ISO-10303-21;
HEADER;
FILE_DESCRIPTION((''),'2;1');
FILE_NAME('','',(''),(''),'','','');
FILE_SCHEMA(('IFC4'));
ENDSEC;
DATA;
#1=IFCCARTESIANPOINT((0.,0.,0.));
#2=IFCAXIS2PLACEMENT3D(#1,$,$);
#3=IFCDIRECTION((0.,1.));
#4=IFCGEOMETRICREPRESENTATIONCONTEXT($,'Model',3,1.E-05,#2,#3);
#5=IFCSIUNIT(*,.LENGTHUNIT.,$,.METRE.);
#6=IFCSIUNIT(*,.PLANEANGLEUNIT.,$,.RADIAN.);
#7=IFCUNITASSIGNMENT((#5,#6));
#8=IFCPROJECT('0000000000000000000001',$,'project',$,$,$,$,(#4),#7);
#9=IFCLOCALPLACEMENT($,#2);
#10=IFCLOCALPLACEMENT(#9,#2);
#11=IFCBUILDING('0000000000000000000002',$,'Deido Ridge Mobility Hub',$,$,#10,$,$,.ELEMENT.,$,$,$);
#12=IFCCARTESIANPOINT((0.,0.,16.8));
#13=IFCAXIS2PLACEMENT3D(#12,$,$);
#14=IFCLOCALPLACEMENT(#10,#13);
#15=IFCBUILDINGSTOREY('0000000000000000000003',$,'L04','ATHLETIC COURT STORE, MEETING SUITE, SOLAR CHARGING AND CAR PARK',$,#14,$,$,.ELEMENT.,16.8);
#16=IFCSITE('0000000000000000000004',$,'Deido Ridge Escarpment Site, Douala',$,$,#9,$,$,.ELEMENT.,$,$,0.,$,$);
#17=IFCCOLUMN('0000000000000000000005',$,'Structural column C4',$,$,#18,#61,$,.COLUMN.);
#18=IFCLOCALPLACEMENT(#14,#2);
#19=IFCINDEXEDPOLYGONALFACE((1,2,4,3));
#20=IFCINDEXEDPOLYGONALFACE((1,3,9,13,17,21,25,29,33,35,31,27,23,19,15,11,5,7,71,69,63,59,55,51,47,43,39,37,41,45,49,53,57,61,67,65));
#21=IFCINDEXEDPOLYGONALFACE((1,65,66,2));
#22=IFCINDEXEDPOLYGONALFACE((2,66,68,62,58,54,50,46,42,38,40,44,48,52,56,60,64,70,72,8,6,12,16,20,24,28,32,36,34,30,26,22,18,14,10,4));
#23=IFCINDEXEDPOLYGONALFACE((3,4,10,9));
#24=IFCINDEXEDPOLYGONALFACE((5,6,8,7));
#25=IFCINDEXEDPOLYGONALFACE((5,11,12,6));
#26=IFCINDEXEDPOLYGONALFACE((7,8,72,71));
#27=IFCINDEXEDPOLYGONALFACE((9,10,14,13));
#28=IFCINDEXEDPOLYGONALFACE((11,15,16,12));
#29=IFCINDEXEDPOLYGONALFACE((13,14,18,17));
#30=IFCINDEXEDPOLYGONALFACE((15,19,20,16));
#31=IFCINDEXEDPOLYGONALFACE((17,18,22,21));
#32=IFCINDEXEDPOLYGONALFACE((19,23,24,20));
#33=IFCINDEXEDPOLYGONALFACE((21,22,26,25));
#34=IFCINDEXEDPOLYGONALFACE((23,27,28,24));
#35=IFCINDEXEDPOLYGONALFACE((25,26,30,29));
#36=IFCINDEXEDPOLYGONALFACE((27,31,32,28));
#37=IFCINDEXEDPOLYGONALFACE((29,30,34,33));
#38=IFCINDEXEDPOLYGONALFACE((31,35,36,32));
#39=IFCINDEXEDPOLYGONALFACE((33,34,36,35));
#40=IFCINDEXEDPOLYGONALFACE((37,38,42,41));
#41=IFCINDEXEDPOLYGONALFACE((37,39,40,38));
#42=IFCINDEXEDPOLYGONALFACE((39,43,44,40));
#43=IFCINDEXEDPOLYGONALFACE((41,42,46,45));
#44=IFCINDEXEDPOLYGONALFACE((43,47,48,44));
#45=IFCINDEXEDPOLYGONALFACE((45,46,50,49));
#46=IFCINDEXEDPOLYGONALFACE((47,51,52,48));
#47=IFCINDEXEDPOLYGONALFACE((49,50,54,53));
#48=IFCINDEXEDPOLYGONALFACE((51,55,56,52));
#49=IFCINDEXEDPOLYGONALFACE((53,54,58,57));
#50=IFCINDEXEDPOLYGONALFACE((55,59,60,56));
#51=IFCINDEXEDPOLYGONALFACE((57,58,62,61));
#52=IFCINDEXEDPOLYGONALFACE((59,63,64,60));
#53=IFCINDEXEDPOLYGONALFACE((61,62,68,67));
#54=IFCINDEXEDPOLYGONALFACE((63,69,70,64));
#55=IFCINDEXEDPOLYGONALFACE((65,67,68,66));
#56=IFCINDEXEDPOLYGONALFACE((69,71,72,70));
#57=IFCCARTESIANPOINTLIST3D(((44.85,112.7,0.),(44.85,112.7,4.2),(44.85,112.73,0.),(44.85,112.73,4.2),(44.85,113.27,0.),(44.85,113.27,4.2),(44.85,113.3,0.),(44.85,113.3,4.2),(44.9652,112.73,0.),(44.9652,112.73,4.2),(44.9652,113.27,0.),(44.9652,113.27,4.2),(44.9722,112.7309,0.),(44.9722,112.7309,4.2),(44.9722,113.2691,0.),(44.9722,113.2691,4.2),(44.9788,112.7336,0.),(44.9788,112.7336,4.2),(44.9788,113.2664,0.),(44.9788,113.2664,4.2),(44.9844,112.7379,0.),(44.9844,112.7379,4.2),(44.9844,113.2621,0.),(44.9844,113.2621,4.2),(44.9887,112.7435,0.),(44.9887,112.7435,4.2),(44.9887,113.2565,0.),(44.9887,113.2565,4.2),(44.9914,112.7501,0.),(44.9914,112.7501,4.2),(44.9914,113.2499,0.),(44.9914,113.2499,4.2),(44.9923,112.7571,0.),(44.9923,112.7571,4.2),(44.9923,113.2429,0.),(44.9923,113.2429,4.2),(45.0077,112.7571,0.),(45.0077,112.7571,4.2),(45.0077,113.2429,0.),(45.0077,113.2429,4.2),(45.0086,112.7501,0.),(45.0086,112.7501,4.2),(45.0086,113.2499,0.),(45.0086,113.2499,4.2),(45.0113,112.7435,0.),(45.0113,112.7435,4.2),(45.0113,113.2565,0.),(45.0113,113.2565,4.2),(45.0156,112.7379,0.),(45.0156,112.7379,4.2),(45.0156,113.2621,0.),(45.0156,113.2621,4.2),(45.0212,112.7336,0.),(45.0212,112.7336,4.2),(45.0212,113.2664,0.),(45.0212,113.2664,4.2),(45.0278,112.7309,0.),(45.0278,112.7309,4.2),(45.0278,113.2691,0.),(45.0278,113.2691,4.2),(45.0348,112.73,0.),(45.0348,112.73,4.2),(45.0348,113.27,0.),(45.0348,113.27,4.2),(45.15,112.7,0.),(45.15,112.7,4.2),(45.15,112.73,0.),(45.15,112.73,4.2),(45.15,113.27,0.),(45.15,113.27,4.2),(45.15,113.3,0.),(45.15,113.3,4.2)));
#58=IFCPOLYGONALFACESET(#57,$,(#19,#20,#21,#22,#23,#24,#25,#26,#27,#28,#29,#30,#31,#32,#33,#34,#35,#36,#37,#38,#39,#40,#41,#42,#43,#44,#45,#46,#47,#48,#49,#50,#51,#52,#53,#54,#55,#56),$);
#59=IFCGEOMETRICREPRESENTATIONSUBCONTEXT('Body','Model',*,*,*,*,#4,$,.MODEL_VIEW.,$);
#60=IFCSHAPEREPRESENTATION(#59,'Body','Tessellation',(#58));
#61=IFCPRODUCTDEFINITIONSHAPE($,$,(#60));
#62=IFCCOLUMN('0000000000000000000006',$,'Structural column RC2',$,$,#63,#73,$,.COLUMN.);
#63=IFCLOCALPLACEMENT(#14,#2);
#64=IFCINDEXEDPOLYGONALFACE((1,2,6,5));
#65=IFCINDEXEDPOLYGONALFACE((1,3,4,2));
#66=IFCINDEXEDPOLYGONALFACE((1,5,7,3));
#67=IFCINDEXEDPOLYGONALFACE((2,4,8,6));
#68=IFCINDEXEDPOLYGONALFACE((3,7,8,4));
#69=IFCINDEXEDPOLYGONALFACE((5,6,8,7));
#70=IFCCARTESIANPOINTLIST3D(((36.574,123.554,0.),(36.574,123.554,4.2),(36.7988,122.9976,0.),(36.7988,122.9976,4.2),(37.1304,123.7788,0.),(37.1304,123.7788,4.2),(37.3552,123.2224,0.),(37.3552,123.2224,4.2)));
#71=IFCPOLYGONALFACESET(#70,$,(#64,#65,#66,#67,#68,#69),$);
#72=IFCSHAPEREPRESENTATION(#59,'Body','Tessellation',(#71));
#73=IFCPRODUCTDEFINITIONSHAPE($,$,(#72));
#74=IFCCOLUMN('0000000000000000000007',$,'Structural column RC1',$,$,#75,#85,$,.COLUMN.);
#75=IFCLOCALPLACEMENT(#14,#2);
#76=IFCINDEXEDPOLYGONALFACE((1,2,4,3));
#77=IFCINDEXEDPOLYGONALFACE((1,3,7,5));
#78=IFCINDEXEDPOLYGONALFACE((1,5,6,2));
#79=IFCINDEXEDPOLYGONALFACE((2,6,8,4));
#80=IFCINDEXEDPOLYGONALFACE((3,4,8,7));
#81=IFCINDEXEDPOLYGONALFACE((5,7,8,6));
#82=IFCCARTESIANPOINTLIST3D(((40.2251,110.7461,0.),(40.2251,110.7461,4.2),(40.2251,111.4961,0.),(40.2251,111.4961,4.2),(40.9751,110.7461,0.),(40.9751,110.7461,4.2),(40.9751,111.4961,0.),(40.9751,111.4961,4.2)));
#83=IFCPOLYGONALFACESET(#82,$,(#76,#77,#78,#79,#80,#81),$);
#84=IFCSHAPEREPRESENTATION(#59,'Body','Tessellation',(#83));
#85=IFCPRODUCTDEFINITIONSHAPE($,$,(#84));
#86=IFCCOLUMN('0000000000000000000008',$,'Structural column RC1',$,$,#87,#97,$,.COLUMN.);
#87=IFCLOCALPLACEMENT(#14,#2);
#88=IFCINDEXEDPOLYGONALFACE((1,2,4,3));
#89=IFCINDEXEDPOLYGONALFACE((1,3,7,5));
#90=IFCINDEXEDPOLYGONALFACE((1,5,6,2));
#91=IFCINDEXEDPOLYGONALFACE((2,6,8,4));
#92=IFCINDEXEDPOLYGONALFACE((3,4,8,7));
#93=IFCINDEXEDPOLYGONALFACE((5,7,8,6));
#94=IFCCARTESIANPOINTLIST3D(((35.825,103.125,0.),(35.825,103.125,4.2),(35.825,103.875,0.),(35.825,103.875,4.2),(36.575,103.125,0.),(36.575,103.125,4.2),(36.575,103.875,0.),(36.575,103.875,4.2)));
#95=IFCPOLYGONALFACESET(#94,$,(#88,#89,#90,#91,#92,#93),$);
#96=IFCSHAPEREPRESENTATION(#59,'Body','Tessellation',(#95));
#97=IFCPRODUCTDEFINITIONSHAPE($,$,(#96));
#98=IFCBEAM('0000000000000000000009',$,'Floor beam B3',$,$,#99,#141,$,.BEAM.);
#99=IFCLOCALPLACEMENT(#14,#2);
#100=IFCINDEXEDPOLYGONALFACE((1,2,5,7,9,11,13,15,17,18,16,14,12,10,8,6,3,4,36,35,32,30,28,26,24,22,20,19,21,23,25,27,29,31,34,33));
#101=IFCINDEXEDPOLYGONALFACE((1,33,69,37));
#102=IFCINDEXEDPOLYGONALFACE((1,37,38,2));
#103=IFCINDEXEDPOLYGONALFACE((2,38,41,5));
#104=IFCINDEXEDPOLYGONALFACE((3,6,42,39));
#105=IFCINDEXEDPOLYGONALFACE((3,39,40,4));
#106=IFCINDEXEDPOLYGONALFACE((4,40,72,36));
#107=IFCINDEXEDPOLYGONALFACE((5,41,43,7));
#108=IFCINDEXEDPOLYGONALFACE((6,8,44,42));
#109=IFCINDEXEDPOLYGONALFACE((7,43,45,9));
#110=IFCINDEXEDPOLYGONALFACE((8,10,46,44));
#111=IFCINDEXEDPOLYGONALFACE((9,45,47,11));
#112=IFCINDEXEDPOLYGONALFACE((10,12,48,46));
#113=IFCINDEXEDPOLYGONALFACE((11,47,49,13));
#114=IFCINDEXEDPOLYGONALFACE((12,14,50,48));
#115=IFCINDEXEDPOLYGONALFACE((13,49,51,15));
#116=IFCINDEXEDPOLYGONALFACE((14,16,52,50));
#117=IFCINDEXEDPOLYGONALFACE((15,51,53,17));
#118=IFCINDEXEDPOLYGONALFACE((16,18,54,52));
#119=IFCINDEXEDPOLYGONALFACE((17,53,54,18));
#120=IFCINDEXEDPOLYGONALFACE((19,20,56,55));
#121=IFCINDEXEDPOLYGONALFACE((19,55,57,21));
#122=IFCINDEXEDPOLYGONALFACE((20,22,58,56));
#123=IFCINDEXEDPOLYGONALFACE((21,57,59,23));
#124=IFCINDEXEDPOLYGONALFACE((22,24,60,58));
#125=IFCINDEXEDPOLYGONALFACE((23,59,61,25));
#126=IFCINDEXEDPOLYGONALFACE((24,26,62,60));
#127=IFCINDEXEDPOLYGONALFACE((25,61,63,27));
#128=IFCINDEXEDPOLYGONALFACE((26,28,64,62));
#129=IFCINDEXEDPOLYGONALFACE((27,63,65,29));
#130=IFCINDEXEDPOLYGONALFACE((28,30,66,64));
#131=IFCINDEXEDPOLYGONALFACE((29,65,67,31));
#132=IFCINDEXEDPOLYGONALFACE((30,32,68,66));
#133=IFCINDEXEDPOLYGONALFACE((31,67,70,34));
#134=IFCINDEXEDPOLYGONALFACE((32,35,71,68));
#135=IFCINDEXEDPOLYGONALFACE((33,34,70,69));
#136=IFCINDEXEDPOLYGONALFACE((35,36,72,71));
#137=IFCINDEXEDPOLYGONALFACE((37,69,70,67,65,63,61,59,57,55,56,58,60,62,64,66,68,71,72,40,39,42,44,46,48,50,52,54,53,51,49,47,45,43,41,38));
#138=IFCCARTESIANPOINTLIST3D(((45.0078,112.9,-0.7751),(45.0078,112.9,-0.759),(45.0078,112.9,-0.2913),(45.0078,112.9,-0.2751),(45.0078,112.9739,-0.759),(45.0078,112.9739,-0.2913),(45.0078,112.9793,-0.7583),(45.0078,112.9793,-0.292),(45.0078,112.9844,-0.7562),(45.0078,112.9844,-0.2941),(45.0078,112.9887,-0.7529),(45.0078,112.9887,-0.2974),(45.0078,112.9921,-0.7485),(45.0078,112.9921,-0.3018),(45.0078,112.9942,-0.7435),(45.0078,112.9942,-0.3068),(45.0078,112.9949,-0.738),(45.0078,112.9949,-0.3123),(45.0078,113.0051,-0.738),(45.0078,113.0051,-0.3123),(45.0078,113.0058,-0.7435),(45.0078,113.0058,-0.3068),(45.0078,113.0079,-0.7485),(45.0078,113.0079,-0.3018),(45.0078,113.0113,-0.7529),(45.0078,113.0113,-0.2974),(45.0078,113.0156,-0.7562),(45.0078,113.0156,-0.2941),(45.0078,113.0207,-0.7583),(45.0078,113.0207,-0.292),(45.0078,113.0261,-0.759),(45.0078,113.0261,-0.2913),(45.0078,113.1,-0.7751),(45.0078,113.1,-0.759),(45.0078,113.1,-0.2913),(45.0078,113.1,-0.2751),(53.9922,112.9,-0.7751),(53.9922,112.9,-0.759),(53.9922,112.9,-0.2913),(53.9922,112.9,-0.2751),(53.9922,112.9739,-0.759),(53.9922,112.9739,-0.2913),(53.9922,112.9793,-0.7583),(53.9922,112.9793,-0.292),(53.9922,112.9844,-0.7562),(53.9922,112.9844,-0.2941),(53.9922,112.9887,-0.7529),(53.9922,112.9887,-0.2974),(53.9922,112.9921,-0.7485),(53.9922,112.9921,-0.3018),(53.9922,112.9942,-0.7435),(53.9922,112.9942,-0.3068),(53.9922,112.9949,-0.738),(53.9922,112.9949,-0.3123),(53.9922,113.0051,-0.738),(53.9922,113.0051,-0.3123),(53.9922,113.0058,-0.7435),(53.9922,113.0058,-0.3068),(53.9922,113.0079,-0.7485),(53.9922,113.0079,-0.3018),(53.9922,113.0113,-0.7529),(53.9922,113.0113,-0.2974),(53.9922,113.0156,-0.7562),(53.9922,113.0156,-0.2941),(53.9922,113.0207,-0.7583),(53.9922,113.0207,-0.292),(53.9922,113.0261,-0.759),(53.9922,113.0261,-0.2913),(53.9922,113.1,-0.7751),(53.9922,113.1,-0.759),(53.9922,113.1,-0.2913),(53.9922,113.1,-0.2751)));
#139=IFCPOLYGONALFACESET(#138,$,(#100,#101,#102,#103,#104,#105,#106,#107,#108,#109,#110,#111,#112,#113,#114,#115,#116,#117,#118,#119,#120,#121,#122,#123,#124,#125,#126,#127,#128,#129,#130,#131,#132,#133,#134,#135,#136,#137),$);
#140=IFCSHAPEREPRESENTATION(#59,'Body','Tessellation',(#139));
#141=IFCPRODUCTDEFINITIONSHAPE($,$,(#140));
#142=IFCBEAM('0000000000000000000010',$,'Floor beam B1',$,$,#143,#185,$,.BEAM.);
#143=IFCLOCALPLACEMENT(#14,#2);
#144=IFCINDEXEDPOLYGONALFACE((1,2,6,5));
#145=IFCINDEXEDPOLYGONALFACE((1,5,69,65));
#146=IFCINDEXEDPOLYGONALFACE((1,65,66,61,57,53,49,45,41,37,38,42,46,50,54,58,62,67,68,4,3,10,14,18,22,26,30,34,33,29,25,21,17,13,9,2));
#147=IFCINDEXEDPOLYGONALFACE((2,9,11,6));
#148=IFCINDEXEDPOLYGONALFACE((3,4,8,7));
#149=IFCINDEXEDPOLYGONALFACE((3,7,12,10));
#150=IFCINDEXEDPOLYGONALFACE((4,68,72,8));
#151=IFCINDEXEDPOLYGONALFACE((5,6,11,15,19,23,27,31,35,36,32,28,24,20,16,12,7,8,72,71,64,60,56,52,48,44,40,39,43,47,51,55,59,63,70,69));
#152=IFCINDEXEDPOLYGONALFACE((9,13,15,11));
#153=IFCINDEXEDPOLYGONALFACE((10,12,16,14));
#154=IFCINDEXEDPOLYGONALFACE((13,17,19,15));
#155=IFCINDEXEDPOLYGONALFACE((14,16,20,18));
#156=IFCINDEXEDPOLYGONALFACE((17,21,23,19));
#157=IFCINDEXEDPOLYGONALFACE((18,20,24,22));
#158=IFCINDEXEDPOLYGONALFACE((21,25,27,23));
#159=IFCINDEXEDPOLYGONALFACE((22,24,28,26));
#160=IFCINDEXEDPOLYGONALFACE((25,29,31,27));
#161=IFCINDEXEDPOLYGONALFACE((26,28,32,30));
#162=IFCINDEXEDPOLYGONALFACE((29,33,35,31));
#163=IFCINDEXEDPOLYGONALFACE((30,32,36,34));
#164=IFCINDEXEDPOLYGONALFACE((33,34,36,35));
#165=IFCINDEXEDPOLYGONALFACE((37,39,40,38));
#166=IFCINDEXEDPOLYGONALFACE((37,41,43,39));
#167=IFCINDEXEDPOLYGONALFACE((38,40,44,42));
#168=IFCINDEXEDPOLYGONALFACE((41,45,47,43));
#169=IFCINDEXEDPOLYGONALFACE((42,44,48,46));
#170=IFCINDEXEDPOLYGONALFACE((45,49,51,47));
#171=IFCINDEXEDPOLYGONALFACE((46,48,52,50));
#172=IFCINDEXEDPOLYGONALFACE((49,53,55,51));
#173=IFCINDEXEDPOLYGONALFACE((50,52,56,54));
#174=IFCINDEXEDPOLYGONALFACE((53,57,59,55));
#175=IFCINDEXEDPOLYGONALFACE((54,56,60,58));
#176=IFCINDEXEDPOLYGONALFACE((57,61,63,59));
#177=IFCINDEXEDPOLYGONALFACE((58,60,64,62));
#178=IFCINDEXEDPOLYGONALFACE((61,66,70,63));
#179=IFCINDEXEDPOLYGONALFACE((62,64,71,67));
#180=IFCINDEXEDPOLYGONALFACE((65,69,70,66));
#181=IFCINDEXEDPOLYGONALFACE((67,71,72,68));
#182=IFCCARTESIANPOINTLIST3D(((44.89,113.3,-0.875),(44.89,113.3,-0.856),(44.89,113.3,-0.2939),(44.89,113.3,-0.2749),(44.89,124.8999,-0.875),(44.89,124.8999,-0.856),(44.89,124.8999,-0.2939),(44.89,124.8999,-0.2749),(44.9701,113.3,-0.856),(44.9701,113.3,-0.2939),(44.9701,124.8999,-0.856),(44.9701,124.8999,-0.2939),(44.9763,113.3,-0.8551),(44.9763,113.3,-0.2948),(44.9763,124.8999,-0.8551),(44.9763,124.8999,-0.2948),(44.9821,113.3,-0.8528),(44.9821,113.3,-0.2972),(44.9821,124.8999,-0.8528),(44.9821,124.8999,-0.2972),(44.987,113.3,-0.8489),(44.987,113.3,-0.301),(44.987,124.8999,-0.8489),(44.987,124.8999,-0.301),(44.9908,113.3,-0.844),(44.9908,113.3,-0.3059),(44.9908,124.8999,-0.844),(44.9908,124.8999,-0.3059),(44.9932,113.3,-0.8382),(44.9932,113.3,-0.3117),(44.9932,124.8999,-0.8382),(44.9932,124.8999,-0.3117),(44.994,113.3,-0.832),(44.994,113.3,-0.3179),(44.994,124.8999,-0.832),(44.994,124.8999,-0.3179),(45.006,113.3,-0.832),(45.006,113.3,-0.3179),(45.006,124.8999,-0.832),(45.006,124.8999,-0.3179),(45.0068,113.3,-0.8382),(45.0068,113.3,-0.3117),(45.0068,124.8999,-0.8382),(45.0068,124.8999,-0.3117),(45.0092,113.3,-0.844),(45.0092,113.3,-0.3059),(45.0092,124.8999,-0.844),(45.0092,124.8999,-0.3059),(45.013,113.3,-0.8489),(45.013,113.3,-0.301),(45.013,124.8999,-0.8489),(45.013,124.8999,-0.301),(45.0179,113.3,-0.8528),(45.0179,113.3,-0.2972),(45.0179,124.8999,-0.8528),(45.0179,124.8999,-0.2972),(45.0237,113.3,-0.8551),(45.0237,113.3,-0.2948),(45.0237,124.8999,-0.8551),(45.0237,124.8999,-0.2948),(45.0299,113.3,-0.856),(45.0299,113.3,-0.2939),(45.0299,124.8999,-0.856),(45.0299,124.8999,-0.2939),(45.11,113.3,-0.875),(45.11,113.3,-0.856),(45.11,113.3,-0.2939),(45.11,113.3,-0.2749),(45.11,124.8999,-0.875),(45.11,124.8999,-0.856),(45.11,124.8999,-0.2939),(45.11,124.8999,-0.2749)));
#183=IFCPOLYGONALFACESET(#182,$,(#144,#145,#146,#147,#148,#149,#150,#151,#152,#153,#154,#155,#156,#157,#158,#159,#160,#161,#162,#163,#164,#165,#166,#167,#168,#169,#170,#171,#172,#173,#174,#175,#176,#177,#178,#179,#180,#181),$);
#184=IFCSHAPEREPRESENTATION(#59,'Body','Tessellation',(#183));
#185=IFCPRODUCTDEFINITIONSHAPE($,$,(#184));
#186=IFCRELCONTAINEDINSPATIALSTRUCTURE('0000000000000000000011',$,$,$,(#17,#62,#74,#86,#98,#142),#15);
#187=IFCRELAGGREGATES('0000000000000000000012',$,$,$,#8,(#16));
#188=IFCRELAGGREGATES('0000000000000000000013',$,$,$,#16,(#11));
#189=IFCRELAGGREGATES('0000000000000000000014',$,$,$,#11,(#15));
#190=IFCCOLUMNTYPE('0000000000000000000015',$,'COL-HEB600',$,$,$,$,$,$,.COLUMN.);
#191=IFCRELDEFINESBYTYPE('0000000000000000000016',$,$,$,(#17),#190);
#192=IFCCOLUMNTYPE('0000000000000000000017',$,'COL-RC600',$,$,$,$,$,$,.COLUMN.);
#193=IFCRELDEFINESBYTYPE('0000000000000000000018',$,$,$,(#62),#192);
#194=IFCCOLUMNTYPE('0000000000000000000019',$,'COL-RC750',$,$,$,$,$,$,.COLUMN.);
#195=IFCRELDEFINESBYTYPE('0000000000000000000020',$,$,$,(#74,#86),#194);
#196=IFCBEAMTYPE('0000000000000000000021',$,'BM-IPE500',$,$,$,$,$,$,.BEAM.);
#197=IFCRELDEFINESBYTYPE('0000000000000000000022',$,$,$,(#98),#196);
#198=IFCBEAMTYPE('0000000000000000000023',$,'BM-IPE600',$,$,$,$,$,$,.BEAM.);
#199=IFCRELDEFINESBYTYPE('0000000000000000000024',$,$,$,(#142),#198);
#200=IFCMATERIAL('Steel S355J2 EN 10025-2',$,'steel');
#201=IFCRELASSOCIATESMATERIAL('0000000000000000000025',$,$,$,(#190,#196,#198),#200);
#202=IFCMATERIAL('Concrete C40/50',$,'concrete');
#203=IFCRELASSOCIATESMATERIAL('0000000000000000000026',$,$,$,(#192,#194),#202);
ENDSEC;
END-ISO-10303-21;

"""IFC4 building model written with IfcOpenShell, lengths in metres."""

from ifc_helpers import new_model, si_unit, direction, frame, origin, origin_2d, place, context, subcontext, project, spatial, rectangle, i_section, extrude, material, material_profile, profile_set, type_object, element, save


model = new_model("IFC4")

# Units and contexts
model_context = context("Model", 3, precision=1e-05, world=origin(), true_north=direction((0.0, 1.0)))
body_context = subcontext(model_context, "Body", "Model", "MODEL_VIEW")
ifc_project = project(units=[si_unit("LENGTHUNIT", "METRE"), si_unit("PLANEANGLEUNIT", "RADIAN")], contexts=[model_context])

# Site, building, storey
site_placement = place(None, origin())
site = spatial("IfcSite", under=ifc_project, at=site_placement, Name="Deido Ridge Escarpment Site, Douala", CompositionType="ELEMENT", RefElevation=0.0)
building_placement = place(site_placement, origin())
building = spatial("IfcBuilding", under=site, at=building_placement, Name="Deido Ridge Mobility Hub", CompositionType="ELEMENT")
storey_placement = place(building_placement, frame((0.0, 0.0, 16.8)))
storey = spatial("IfcBuildingStorey", under=building, at=storey_placement, Name="L04", Description="ATHLETIC COURT STORE, MEETING SUITE, SOLAR CHARGING AND CAR PARK", CompositionType="ELEMENT", Elevation=16.8)

# Columns
ifc_material_1 = material(Name="Steel S355J2 EN 10025-2", Category="steel")
ifc_material_profile_1 = material_profile(ifc_material_1, i_section(OverallWidth=0.3, OverallDepth=0.6001, WebThickness=0.0154, FlangeThickness=0.03, FilletRadius=0.0271, at=origin_2d()), Name="HEB 600")
ifc_profile_set_1 = profile_set([ifc_material_profile_1], Name="Steel S355J2 EN 10025-2")
column_type_1 = type_object("IfcColumnType", Name="COL-HEB600", PredefinedType="COLUMN", material=ifc_profile_set_1)
column_1_placement = place(storey_placement, frame((45.0, 113.0, 0.0), z_axis=(0.0, 0.0, 1.0), x_axis=(1.0, 0.0, 0.0)))
element("IfcColumn", 1, at=column_1_placement, inside=storey, type_object=column_type_1, Name="Structural column C4", PredefinedType="COLUMN", context=body_context, shape_type="SweptSolid", body=[
    extrude(i_section(OverallWidth=0.3, OverallDepth=0.6001, WebThickness=0.0154, FlangeThickness=0.03, FilletRadius=0.0271, at=origin_2d()), origin(), (0.0, 0.0, 1.0), 4.2),
])
ifc_material_2 = material(Name="Concrete C40/50", Category="concrete")
ifc_material_profile_2 = material_profile(ifc_material_2, rectangle(XDim=0.6001, YDim=0.6001, at=origin_2d()), Name="RC COL 600x600")
ifc_profile_set_2 = profile_set([ifc_material_profile_2], Name="Concrete C40/50")
column_type_2 = type_object("IfcColumnType", Name="COL-RC600", PredefinedType="COLUMN", material=ifc_profile_set_2)
column_2_placement = place(storey_placement, frame((36.9646, 123.3882, 0.0), z_axis=(0.0, 0.0, 1.0), x_axis=(-0.374607, 0.927184, 0.0)))
element("IfcColumn", 2, at=column_2_placement, inside=storey, type_object=column_type_2, Name="Structural column RC2", PredefinedType="COLUMN", context=body_context, shape_type="SweptSolid", body=[
    extrude(rectangle(XDim=0.6001, YDim=0.6001, at=origin_2d()), origin(), (0.0, 0.0, 1.0), 4.2),
])
ifc_material_profile_3 = material_profile(ifc_material_2, rectangle(XDim=0.75, YDim=0.75, at=origin_2d()), Name="RC COL 750x750")
ifc_profile_set_3 = profile_set([ifc_material_profile_3], Name="Concrete C40/50")
column_type_3 = type_object("IfcColumnType", Name="COL-RC750", PredefinedType="COLUMN", material=ifc_profile_set_3)
for number, where, z_axis, x_axis, name in (
    (3, (40.6001, 111.1211, 0.0), (0.0, 0.0, 1.0), (1.0, 0.0, 0.0), "Structural column RC1"),
    (4, (36.2, 103.5, 0.0), (0.0, 0.0, 1.0), (1.0, 0.0, 0.0), "Structural column RC1"),
):
    element("IfcColumn", number, at=place(storey_placement, frame(where, z_axis=z_axis, x_axis=x_axis)), inside=storey, type_object=column_type_3, Name=name, PredefinedType="COLUMN", context=body_context, shape_type="SweptSolid", body=[
        extrude(rectangle(XDim=0.75, YDim=0.75, at=origin_2d()), origin(), (0.0, 0.0, 1.0), 4.2),
    ])

# Beams
ifc_material_profile_4 = material_profile(ifc_material_1, i_section(OverallWidth=0.2, OverallDepth=0.5, WebThickness=0.0103, FlangeThickness=0.0161, FilletRadius=0.021, at=origin_2d()), Name="IPE 500")
ifc_profile_set_4 = profile_set([ifc_material_profile_4], Name="Steel S355J2 EN 10025-2")
beam_type_1 = type_object("IfcBeamType", Name="BM-IPE500", PredefinedType="BEAM", material=ifc_profile_set_4)
beam_1_placement = place(storey_placement, frame((45.0078, 113.0, -0.5251), z_axis=(1.0, 0.0, 0.0), x_axis=(0.0, 1.0, 0.0)))
element("IfcBeam", 5, at=beam_1_placement, inside=storey, type_object=beam_type_1, Name="Floor beam B3", PredefinedType="BEAM", context=body_context, shape_type="SweptSolid", body=[
    extrude(i_section(OverallWidth=0.2, OverallDepth=0.5, WebThickness=0.0103, FlangeThickness=0.0161, FilletRadius=0.021, at=origin_2d()), origin(), (0.0, 0.0, 1.0), 8.9844),
])
ifc_material_profile_5 = material_profile(ifc_material_1, i_section(OverallWidth=0.22, OverallDepth=0.6001, WebThickness=0.012, FlangeThickness=0.019, FilletRadius=0.0239, at=origin_2d()), Name="IPE 600")
ifc_profile_set_5 = profile_set([ifc_material_profile_5], Name="Steel S355J2 EN 10025-2")
beam_type_2 = type_object("IfcBeamType", Name="BM-IPE600", PredefinedType="BEAM", material=ifc_profile_set_5)
beam_2_placement = place(storey_placement, frame((45.0, 113.3, -0.575), z_axis=(0.0, 1.0, 0.0), x_axis=(-1.0, 0.0, 0.0)))
element("IfcBeam", 6, at=beam_2_placement, inside=storey, type_object=beam_type_2, Name="Floor beam B1", PredefinedType="BEAM", context=body_context, shape_type="SweptSolid", body=[
    extrude(i_section(OverallWidth=0.22, OverallDepth=0.6001, WebThickness=0.012, FlangeThickness=0.019, FilletRadius=0.0239, at=origin_2d()), origin(), (0.0, 0.0, 1.0), 11.5999),
])

save(model, "model.ifc")
